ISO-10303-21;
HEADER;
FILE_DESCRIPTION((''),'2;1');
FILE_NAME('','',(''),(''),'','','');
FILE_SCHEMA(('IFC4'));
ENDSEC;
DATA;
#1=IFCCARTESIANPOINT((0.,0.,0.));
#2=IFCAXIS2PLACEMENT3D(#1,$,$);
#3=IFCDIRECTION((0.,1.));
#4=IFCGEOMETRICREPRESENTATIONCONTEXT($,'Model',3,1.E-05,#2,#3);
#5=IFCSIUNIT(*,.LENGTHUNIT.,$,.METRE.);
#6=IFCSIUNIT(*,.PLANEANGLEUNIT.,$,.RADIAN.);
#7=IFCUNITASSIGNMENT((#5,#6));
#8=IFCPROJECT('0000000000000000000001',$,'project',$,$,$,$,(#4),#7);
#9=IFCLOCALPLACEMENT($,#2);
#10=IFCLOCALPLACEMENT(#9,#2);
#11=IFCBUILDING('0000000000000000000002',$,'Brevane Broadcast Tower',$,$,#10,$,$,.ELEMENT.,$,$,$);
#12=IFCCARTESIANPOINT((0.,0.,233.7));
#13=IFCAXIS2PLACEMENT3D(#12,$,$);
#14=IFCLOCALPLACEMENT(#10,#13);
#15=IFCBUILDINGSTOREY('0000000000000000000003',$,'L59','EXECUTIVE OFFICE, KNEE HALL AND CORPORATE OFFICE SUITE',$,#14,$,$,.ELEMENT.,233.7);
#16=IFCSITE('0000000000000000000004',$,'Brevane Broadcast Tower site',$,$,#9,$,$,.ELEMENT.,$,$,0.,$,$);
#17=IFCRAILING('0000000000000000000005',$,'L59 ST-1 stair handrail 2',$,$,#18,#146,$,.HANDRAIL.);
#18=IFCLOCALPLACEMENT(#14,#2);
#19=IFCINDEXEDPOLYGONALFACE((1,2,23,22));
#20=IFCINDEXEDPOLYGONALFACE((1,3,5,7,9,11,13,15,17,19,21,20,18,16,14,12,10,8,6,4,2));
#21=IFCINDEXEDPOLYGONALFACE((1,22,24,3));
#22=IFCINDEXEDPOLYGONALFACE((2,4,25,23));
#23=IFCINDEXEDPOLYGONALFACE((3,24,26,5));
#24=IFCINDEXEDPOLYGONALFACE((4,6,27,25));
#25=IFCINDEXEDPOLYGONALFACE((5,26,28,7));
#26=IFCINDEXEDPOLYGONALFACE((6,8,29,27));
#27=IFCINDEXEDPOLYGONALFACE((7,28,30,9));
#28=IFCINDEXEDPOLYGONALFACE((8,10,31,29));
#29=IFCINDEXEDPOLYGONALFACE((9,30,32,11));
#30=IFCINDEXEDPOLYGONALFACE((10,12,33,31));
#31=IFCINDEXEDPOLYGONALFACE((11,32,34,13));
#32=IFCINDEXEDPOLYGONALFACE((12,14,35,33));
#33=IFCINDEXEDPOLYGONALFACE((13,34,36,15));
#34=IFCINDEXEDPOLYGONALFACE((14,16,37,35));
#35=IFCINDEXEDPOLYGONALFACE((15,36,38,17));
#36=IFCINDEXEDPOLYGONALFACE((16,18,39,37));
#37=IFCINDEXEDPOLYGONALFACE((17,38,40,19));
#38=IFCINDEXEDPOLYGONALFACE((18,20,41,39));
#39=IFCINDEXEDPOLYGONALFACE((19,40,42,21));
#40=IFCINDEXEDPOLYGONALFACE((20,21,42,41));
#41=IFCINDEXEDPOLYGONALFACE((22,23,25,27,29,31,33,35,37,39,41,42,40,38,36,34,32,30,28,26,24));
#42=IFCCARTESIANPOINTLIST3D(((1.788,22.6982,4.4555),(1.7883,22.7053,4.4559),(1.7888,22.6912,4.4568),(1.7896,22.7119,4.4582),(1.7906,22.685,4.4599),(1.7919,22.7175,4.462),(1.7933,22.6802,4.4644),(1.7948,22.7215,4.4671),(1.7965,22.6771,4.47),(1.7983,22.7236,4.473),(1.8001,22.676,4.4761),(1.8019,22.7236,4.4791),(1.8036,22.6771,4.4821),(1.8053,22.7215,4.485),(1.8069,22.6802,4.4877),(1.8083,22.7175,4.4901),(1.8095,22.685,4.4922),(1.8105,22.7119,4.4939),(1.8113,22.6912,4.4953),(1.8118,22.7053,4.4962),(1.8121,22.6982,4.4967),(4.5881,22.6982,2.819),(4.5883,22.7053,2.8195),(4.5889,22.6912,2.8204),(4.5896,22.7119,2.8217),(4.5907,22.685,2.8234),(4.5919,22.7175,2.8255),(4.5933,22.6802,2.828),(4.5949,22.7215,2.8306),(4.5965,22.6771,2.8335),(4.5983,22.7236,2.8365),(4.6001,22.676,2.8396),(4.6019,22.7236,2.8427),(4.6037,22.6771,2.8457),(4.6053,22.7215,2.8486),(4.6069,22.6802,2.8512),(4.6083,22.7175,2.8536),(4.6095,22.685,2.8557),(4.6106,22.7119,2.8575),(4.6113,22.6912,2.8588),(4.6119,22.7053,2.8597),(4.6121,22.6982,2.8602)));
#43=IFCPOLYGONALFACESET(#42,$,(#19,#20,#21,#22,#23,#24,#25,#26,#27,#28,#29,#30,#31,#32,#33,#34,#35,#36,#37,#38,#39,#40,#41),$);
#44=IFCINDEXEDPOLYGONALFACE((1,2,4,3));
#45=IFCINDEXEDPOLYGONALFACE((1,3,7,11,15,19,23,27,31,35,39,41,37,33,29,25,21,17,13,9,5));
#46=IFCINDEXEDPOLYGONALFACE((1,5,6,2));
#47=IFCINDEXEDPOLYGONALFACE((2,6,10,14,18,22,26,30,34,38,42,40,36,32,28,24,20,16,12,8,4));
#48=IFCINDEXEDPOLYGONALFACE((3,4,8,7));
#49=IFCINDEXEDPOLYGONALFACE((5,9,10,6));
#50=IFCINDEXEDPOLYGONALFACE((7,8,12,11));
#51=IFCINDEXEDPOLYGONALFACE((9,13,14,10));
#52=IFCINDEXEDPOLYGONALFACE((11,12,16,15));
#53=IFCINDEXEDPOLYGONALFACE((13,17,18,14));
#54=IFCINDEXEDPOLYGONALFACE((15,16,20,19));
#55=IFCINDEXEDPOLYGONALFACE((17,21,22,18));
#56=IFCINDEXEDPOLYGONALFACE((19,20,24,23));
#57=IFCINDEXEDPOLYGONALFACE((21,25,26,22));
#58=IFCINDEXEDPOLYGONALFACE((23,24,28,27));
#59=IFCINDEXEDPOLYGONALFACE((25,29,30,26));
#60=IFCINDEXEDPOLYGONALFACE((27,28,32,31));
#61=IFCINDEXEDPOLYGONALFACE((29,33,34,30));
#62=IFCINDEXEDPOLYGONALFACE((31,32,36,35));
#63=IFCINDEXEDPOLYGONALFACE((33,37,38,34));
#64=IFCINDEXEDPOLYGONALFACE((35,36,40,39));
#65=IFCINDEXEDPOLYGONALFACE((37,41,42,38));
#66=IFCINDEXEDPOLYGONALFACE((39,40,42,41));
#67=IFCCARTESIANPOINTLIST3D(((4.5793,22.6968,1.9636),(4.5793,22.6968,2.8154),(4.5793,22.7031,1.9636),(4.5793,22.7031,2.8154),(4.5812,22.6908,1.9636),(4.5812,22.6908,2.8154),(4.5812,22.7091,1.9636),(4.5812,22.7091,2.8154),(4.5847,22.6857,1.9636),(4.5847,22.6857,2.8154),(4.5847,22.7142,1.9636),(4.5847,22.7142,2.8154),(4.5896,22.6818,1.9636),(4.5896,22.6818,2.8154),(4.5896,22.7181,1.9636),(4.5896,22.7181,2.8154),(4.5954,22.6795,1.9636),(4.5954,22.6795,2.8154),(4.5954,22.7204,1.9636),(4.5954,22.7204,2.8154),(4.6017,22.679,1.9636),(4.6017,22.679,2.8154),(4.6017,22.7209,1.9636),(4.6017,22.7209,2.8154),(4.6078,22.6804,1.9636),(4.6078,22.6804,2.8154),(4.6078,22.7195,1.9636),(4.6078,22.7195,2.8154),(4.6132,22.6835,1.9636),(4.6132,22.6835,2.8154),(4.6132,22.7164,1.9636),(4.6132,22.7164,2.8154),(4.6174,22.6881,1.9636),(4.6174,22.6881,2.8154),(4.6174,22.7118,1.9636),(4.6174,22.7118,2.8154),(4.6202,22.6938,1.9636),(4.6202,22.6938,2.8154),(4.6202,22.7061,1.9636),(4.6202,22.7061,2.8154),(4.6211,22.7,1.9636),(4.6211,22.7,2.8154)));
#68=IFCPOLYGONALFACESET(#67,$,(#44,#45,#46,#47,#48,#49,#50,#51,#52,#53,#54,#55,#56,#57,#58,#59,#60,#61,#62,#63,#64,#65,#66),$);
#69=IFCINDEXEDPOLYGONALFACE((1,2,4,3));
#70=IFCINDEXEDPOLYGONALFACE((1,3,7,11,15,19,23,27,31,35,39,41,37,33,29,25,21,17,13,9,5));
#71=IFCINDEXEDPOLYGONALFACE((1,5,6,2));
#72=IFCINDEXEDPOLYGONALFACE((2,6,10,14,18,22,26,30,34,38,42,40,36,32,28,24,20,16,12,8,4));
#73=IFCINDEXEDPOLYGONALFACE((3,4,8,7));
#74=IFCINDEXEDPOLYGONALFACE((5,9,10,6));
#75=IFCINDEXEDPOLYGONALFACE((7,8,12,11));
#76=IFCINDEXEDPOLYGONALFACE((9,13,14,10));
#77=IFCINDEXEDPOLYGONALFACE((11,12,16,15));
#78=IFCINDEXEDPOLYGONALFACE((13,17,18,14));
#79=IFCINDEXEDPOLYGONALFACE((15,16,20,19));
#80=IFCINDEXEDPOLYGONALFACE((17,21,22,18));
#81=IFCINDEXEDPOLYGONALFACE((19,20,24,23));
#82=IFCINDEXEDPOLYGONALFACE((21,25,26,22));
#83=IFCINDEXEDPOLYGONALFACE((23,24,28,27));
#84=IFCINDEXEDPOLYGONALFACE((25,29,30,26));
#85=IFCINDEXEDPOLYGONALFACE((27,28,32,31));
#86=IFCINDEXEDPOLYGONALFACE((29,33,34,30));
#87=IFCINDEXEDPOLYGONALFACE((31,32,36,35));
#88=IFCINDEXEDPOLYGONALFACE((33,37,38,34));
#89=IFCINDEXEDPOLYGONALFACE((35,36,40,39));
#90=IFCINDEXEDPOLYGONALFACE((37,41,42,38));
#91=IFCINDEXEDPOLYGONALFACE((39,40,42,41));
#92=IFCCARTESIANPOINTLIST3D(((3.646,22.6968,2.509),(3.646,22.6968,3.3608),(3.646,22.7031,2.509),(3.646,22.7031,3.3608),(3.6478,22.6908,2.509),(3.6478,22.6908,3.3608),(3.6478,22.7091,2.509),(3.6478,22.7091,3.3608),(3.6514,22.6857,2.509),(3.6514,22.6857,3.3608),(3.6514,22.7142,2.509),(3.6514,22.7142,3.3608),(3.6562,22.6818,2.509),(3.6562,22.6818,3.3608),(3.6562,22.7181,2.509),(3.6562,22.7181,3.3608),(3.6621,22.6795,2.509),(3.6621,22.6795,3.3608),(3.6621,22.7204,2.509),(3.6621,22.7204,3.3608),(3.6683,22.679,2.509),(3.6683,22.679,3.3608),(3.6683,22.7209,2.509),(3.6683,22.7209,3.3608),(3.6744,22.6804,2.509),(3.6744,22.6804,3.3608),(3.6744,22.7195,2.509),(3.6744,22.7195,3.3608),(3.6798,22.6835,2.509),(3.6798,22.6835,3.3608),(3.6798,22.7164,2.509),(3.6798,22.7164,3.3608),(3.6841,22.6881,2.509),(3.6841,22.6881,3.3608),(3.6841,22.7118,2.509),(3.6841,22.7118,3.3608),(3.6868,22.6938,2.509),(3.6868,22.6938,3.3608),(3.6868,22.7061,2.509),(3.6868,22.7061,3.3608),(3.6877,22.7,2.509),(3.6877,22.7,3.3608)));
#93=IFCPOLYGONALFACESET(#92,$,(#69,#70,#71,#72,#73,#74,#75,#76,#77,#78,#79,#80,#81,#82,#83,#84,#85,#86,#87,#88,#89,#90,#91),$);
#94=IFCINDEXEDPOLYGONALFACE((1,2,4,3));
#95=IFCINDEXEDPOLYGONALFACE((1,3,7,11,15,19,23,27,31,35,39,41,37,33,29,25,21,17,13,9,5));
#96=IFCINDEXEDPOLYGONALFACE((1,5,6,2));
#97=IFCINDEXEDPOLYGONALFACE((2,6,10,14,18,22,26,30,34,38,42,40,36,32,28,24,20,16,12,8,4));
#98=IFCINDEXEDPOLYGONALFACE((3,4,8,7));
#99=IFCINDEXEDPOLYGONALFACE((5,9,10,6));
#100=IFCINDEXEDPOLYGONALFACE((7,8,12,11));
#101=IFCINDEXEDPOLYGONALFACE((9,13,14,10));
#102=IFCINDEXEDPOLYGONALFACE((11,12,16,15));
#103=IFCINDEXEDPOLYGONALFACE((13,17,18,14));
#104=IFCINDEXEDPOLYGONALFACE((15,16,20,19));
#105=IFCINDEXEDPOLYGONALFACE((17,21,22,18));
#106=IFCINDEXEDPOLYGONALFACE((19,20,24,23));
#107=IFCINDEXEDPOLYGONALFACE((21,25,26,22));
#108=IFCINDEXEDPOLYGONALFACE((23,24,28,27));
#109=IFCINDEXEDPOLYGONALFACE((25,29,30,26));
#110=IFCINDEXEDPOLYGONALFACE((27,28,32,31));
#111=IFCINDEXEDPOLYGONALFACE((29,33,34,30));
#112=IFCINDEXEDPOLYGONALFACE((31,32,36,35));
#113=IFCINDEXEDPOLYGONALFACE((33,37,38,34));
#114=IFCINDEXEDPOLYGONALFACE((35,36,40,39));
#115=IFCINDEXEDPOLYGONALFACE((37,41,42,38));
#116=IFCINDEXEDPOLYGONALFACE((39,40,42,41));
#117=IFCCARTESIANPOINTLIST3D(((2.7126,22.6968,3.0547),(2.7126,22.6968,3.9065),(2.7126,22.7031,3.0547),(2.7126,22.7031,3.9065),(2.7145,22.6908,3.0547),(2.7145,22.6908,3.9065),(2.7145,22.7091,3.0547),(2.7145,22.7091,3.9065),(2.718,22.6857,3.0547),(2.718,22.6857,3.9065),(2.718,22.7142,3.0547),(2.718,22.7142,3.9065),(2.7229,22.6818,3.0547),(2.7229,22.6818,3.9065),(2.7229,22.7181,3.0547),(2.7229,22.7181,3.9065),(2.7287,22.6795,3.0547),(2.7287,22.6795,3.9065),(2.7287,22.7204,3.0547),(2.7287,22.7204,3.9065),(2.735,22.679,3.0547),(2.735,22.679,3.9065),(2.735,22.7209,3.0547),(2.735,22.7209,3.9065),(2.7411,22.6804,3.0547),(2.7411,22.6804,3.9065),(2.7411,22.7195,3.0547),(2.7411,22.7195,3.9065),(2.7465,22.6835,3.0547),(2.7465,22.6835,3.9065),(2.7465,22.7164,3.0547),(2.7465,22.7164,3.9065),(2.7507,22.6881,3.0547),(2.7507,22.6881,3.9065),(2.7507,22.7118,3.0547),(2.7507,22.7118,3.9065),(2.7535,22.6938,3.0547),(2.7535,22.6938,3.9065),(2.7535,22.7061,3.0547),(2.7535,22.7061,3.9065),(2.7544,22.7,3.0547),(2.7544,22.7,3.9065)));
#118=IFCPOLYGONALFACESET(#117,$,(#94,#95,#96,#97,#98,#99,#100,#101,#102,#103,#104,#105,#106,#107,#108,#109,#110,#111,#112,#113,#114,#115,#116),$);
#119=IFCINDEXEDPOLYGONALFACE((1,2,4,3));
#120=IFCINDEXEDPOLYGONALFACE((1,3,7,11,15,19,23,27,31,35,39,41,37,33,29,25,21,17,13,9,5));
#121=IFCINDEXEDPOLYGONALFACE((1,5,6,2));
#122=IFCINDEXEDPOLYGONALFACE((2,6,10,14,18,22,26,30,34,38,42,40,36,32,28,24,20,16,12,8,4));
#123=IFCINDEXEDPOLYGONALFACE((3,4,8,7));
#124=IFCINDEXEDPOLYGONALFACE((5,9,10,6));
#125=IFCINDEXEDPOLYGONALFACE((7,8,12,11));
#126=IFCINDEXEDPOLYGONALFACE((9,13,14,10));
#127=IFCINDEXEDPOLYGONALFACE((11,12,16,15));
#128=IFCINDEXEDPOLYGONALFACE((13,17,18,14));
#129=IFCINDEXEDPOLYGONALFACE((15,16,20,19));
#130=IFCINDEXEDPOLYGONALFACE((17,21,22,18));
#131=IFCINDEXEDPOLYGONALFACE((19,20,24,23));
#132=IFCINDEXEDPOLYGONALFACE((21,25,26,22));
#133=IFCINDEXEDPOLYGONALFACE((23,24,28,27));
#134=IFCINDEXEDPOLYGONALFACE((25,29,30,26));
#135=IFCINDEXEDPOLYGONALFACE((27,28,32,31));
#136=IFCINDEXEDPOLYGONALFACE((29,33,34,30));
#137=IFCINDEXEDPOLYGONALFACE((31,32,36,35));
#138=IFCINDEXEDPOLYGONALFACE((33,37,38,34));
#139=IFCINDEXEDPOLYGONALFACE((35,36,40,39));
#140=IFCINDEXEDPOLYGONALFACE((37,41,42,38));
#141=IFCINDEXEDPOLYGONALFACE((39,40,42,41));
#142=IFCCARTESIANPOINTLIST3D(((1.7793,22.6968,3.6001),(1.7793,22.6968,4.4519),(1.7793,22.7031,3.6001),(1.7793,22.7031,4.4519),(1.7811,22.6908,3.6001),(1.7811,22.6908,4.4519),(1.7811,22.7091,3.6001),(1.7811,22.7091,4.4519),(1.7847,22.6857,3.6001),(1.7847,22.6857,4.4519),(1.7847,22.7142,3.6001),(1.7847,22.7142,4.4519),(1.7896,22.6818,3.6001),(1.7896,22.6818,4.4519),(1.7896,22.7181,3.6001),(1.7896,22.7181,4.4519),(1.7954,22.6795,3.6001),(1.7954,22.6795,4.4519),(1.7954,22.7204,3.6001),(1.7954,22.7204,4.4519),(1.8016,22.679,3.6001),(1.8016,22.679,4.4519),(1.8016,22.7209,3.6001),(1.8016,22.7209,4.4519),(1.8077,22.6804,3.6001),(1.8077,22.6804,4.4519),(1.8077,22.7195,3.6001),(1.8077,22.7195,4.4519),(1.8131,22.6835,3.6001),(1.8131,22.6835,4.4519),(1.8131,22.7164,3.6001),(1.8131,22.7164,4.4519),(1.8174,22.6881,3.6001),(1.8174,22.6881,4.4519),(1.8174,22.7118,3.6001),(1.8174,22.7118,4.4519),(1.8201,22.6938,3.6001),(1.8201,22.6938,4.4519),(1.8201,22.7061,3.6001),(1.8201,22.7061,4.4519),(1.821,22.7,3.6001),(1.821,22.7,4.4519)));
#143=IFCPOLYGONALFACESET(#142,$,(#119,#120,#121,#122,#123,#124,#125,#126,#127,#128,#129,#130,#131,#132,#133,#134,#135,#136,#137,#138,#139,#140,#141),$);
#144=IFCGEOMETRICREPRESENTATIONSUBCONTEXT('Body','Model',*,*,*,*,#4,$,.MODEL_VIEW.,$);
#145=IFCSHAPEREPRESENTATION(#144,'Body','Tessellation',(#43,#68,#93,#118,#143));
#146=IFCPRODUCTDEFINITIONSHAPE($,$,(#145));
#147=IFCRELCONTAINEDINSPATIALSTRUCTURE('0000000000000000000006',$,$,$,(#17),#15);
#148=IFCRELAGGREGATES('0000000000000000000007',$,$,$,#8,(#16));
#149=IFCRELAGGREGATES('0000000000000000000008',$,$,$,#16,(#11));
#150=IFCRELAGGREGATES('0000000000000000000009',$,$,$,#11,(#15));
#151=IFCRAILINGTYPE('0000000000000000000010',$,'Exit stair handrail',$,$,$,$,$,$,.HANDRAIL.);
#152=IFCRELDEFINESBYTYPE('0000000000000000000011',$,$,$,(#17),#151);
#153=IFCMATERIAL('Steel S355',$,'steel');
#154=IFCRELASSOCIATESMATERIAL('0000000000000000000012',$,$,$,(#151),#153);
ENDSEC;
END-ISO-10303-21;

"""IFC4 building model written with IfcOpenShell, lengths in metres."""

from ifc_helpers import new_model, si_unit, direction, frame, origin, origin_2d, place, context, subcontext, project, spatial, circle, extrude, material, type_object, element, save


model = new_model("IFC4")

# Units and contexts
model_context = context("Model", 3, precision=1e-05, world=origin(), true_north=direction((0.0, 1.0)))
body_context = subcontext(model_context, "Body", "Model", "MODEL_VIEW")
ifc_project = project(units=[si_unit("LENGTHUNIT", "METRE"), si_unit("PLANEANGLEUNIT", "RADIAN")], contexts=[model_context])

# Site, building, storey
site_placement = place(None, origin())
site = spatial("IfcSite", under=ifc_project, at=site_placement, Name="Brevane Broadcast Tower site", CompositionType="ELEMENT", RefElevation=0.0)
building_placement = place(site_placement, origin())
building = spatial("IfcBuilding", under=site, at=building_placement, Name="Brevane Broadcast Tower", CompositionType="ELEMENT")
storey_placement = place(building_placement, frame((0.0, 0.0, 233.7)))
storey = spatial("IfcBuildingStorey", under=building, at=storey_placement, Name="L59", Description="EXECUTIVE OFFICE, KNEE HALL AND CORPORATE OFFICE SUITE", CompositionType="ELEMENT", Elevation=233.7)

# Railing
ifc_material_1 = material(Name="Steel S355", Category="steel")
railing_type_1 = type_object("IfcRailingType", Name="Exit stair handrail", PredefinedType="HANDRAIL", material=ifc_material_1)
railing_1_placement = place(storey_placement, frame((4.6001, 22.7, 1.9636)))
element("IfcRailing", 1, at=railing_1_placement, inside=storey, type_object=railing_type_1, Name="L59 ST-1 stair handrail 2", PredefinedType="HANDRAIL", context=body_context, shape_type="SweptSolid", body=[
    extrude(circle(Radius=0.0239, at=origin_2d()), frame((0.0, 0.0, 0.876), z_axis=(-0.863361, 0.0, 0.504587), x_axis=(0.0, -1.0, 0.0)), (0.0, 0.0, 1.0), 3.2432),
    extrude(circle(Radius=0.021, at=origin_2d()), origin(), (0.0, 0.0, 1.0), 0.8518),
    extrude(circle(Radius=0.021, at=origin_2d()), frame((-0.9333, 0.0, 0.5454)), (0.0, 0.0, 1.0), 0.8518),
    extrude(circle(Radius=0.021, at=origin_2d()), frame((-1.8667, 0.0, 1.0911)), (0.0, 0.0, 1.0), 0.8518),
    extrude(circle(Radius=0.021, at=origin_2d()), frame((-2.8, 0.0, 1.6365)), (0.0, 0.0, 1.0), 0.8518),
])

save(model, "model.ifc")
